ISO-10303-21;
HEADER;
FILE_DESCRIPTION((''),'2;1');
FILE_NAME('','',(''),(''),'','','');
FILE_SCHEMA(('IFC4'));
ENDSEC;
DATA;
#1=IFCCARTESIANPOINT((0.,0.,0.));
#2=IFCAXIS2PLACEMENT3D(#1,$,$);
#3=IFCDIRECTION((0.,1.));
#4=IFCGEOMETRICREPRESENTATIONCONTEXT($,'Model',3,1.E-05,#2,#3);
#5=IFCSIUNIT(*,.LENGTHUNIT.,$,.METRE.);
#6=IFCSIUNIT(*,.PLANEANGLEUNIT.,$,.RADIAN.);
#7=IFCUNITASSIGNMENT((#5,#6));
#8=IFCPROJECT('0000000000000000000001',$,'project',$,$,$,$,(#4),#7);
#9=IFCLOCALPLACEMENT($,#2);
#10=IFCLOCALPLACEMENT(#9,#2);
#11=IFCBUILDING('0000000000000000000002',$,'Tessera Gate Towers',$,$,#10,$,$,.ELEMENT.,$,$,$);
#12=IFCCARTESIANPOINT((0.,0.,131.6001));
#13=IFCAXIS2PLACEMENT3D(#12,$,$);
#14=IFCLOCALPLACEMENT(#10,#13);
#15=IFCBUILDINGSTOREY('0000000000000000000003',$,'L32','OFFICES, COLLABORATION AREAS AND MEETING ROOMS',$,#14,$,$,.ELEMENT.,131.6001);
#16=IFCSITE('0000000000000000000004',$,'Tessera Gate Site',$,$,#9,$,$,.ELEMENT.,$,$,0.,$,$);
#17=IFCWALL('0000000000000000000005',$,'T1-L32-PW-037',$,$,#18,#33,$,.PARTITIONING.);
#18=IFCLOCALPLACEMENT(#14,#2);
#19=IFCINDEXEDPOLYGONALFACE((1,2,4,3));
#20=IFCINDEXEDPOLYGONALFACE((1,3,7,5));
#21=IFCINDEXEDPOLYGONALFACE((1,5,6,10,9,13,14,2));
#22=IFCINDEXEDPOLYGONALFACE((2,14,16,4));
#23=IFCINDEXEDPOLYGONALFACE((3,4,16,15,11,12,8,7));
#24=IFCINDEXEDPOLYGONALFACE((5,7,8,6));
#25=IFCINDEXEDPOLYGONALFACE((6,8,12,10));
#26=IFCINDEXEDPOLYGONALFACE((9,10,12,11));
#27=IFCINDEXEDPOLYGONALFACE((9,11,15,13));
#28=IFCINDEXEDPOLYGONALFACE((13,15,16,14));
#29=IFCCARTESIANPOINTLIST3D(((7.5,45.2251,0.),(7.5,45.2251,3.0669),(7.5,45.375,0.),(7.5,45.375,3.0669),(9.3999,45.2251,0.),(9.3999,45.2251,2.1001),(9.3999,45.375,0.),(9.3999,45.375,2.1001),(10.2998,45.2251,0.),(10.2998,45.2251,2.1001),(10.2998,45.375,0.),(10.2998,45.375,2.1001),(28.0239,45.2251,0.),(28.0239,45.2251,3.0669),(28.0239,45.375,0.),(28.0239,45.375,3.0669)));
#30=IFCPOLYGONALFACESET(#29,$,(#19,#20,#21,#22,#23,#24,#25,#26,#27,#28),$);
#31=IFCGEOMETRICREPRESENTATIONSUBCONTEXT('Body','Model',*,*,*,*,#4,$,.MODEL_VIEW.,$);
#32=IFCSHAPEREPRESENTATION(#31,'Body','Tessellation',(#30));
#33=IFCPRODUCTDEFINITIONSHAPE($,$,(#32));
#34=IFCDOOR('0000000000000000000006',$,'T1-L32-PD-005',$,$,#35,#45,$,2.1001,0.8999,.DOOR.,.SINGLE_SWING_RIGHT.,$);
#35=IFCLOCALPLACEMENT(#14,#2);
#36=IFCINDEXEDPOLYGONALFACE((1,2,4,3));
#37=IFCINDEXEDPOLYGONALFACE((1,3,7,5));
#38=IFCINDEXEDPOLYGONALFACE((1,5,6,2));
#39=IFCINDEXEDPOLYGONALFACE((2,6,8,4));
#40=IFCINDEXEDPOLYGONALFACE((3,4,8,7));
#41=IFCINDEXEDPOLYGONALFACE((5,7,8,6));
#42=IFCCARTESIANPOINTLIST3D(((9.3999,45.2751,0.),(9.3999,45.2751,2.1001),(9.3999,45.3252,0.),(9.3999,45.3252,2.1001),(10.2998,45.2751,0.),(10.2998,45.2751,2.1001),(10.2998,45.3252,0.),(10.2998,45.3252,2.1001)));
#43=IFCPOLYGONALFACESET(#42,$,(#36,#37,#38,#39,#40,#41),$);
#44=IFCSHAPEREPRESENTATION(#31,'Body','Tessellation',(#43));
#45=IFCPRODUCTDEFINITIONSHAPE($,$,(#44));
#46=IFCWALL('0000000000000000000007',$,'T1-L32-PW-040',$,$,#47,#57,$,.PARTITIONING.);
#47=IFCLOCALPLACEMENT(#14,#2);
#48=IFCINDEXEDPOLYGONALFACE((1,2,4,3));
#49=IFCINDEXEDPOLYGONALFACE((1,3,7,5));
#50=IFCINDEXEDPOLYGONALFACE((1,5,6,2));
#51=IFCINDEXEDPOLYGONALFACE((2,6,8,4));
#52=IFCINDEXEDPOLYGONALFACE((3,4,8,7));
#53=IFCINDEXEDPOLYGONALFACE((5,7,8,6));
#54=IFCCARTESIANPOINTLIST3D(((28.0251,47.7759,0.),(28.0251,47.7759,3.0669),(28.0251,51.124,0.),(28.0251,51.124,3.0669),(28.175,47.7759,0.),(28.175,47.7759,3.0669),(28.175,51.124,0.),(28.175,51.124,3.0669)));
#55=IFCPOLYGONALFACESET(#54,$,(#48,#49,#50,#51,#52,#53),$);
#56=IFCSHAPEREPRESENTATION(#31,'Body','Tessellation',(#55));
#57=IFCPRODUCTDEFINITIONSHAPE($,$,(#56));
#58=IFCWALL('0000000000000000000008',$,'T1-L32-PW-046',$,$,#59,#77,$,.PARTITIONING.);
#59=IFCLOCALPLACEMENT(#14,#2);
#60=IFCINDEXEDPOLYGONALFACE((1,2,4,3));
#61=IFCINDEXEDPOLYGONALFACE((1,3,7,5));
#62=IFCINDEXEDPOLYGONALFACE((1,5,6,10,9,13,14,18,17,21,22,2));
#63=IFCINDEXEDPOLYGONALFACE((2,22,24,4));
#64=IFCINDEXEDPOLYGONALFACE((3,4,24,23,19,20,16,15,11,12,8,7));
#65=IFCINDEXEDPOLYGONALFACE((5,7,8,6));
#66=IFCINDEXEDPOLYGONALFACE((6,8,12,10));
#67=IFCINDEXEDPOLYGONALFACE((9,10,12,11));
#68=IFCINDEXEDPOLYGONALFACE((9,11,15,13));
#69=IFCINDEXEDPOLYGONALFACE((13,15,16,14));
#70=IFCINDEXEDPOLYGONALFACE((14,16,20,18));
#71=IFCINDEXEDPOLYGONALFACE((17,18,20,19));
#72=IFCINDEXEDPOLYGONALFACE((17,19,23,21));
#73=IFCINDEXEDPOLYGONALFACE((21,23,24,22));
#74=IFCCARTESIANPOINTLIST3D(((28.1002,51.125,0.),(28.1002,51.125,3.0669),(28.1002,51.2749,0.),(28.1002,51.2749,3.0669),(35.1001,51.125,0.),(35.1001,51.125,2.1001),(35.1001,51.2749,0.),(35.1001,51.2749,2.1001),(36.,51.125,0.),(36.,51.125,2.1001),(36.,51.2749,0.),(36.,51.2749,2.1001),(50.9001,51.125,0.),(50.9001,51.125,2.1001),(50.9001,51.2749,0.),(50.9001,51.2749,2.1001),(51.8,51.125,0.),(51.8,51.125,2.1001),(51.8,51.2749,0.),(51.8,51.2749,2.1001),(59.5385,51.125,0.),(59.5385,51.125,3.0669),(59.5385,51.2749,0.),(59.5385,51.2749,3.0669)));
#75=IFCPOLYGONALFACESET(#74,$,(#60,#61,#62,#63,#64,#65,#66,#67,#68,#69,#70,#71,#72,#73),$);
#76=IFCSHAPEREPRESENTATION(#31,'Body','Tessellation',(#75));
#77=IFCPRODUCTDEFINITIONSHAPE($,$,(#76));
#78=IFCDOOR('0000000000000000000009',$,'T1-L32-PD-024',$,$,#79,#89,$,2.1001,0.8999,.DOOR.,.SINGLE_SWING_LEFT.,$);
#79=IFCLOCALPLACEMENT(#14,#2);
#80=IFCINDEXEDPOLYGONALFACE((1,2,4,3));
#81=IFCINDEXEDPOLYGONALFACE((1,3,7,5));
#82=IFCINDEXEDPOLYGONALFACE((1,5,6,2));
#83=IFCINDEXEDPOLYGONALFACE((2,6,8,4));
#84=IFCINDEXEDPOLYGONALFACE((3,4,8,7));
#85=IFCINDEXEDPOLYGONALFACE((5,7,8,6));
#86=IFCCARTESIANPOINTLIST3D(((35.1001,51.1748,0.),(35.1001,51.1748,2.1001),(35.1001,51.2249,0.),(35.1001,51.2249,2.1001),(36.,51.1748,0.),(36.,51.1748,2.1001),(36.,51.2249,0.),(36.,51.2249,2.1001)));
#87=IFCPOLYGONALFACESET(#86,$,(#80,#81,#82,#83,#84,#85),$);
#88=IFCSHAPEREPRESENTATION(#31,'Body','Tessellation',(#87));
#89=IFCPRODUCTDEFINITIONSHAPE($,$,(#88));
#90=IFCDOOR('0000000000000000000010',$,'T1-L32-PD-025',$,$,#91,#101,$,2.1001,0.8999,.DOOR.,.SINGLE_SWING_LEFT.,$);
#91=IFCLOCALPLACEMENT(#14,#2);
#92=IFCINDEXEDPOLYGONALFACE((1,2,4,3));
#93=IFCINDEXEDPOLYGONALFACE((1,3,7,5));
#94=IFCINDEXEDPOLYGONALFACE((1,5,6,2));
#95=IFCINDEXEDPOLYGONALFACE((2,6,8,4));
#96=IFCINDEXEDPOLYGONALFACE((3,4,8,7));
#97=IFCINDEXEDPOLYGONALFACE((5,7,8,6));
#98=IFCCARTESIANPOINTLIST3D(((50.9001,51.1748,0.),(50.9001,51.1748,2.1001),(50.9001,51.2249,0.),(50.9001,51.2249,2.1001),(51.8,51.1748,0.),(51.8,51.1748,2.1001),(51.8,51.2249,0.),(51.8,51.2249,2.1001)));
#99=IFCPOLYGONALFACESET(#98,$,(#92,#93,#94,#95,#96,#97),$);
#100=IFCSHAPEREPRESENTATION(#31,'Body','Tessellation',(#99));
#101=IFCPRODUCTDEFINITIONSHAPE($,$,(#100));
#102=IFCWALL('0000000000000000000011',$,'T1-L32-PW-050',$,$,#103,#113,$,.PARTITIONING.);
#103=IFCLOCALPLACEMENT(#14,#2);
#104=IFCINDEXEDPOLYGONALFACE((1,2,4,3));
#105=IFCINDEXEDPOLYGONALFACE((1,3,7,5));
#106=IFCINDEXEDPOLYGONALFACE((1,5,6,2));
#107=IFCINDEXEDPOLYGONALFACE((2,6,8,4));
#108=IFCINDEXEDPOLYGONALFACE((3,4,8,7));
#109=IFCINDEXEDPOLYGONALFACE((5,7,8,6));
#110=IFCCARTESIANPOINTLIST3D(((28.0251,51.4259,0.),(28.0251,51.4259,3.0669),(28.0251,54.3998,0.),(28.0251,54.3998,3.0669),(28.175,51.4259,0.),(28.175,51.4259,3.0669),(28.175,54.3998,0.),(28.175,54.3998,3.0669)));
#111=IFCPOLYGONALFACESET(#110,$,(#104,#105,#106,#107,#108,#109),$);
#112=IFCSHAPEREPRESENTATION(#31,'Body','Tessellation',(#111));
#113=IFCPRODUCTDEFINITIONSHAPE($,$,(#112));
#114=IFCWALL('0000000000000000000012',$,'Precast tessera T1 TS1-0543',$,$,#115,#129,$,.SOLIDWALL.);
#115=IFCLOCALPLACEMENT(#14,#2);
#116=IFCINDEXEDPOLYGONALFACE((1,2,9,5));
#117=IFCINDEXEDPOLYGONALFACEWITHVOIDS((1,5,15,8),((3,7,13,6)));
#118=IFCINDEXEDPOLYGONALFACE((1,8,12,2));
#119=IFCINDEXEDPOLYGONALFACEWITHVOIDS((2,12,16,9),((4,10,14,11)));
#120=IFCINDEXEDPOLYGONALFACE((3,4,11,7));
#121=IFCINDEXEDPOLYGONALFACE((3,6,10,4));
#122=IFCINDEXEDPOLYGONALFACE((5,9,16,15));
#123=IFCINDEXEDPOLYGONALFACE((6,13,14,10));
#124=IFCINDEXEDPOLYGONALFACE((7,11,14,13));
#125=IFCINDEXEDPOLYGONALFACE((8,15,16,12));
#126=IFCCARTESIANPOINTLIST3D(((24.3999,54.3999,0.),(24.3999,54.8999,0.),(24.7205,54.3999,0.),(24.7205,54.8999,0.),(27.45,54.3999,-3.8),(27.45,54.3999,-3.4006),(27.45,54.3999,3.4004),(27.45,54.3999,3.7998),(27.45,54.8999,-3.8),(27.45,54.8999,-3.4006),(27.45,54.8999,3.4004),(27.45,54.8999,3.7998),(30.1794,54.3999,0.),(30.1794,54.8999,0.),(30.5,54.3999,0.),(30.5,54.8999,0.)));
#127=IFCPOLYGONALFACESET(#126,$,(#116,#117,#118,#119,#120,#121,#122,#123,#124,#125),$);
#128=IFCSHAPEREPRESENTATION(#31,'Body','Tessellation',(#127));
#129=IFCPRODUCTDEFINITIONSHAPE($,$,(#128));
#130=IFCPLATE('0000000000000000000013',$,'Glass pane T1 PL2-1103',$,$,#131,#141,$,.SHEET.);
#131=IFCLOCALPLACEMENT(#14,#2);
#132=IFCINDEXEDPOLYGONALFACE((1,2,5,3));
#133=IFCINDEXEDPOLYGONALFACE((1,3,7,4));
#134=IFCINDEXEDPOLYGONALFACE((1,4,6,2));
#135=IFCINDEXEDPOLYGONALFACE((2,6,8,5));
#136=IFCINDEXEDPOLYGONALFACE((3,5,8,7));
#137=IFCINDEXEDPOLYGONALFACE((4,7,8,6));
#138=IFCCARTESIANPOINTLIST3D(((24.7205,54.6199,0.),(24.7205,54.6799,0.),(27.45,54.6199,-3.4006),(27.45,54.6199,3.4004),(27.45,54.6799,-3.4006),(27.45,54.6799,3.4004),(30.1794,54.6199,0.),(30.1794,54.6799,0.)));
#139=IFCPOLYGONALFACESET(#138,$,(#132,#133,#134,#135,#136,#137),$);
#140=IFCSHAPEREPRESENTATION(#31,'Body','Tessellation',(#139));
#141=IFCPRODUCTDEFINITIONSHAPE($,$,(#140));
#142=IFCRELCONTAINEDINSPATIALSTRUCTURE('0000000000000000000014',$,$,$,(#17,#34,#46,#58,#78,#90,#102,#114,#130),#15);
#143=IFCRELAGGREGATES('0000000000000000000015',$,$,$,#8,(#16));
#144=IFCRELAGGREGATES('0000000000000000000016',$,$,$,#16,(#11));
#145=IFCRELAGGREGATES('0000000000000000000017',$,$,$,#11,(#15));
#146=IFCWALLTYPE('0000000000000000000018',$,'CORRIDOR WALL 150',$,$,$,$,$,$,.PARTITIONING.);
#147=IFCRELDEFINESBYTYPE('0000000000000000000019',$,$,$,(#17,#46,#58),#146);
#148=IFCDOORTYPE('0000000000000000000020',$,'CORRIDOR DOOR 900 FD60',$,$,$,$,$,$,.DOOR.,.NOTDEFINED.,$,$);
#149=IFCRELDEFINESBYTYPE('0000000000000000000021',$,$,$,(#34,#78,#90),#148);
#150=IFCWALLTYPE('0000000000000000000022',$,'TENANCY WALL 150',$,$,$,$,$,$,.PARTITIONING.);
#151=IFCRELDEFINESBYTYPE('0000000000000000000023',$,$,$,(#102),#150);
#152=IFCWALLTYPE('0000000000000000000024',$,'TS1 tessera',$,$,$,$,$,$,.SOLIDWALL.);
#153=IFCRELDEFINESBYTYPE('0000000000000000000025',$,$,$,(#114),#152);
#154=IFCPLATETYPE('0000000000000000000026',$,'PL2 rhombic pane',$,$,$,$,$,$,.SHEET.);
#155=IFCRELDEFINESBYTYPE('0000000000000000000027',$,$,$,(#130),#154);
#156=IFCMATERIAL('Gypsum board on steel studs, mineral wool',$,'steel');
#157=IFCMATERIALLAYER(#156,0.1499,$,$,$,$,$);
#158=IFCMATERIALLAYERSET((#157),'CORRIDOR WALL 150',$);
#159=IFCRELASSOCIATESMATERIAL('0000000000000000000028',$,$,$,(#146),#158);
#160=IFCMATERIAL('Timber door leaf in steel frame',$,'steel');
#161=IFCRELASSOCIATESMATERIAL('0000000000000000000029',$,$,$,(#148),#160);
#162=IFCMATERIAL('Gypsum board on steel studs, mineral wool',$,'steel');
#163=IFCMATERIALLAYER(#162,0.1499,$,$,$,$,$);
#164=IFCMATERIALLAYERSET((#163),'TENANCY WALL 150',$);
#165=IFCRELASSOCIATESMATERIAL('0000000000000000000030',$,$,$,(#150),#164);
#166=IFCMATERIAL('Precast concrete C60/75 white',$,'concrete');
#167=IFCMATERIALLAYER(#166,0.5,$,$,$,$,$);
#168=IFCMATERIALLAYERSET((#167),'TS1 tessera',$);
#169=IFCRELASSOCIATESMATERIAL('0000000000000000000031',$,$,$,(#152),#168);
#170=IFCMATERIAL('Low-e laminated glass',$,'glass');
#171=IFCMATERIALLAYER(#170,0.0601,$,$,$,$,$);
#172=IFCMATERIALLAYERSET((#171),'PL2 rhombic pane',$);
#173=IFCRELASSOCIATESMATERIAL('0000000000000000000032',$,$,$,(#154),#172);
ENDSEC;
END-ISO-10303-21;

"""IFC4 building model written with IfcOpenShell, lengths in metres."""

from ifc_helpers import new_model, si_unit, direction, frame, frame_2d, origin, place, context, subcontext, project, spatial, polyline, rectangle, outline, extrude, source, transform, mapped, material, layer, layer_set, type_object, element, fill, save


model = new_model("IFC4")

# Units and contexts
model_context = context("Model", 3, precision=1e-05, world=origin(), true_north=direction((0.0, 1.0)))
body_context = subcontext(model_context, "Body", "Model", "MODEL_VIEW")
ifc_project = project(units=[si_unit("LENGTHUNIT", "METRE"), si_unit("PLANEANGLEUNIT", "RADIAN")], contexts=[model_context])

# Site, building, storey
site_placement = place(None, origin())
site = spatial("IfcSite", under=ifc_project, at=site_placement, Name="Tessera Gate Site", CompositionType="ELEMENT", RefElevation=0.0)
building_placement = place(site_placement, origin())
building = spatial("IfcBuilding", under=site, at=building_placement, Name="Tessera Gate Towers", CompositionType="ELEMENT")
storey_placement = place(building_placement, frame((0.0, 0.0, 131.6001)))
storey = spatial("IfcBuildingStorey", under=building, at=storey_placement, Name="L32", Description="OFFICES, COLLABORATION AREAS AND MEETING ROOMS", CompositionType="ELEMENT", Elevation=131.6001)

# Wall, opening, door
ifc_material_1 = material(Name="Gypsum board on steel studs, mineral wool", Category="steel")
ifc_layer_1 = layer(ifc_material_1, 0.1499)
ifc_layer_set_1 = layer_set([ifc_layer_1], Name="CORRIDOR WALL 150")
wall_type_1 = type_object("IfcWallType", Name="CORRIDOR WALL 150", PredefinedType="PARTITIONING", material=ifc_layer_set_1)
wall_1_placement = place(storey_placement, frame((28.0239, 45.3, 0.0), z_axis=(0.0, 0.0, 1.0), x_axis=(-1.0, 0.0, 0.0)))
wall_1 = element("IfcWall", 1, at=wall_1_placement, inside=storey, type_object=wall_type_1, Name="T1-L32-PW-037", PredefinedType="PARTITIONING", context=body_context, shape_type="SweptSolid", body=[
    extrude(rectangle(XDim=20.5239, YDim=0.1499, at=frame_2d((10.262, 0.0))), origin(), (0.0, 0.0, 1.0), 3.0669),
])
shared_shape_1 = source(origin(), body_context, "Body", "SweptSolid", [
    extrude(rectangle(XDim=0.8999, YDim=2.1001, at=frame_2d((0.45, 1.05))), frame((0.0, 0.085, 0.0), z_axis=(0.0, -1.0, 0.0), x_axis=(1.0, 0.0, 0.0)), (0.0, 0.0, 1.0), 0.1699),
])
opening_1_placement = place(wall_1_placement, frame((17.7241, 0.0, 0.0)))
opening_1 = element("IfcOpeningElement", 2, at=opening_1_placement, cuts=wall_1, PredefinedType="OPENING", context=body_context, shape_type="MappedRepresentation", body=[
    mapped(shared_shape_1, transform((0.0, 0.0, 0.0), scale=1.0)),
])
ifc_material_2 = material(Name="Timber door leaf in steel frame", Category="steel")
door_type_1 = type_object("IfcDoorType", Name="CORRIDOR DOOR 900 FD60", OperationType="NOTDEFINED", PredefinedType="DOOR", material=ifc_material_2)
shared_shape_2 = source(origin(), body_context, "Body", "SweptSolid", [
    extrude(rectangle(XDim=0.8999, YDim=2.1001, at=frame_2d((0.45, 1.05))), frame((0.0, 0.0249, 0.0), z_axis=(0.0, -1.0, 0.0), x_axis=(1.0, 0.0, 0.0)), (0.0, 0.0, 1.0), 0.05),
])
door_1_placement = place(opening_1_placement, origin())
door_1 = element("IfcDoor", 3, at=door_1_placement, inside=storey, type_object=door_type_1, Name="T1-L32-PD-005", OperationType="SINGLE_SWING_RIGHT", OverallHeight=2.1001, OverallWidth=0.8999, PredefinedType="DOOR", context=body_context, shape_type="MappedRepresentation", body=[
    mapped(shared_shape_2, transform((0.0, 0.0, 0.0), scale=1.0)),
])
fill(opening_1, door_1)

# Wall
wall_2_placement = place(storey_placement, frame((28.1001, 47.7759, 0.0), z_axis=(0.0, 0.0, 1.0), x_axis=(0.0, 1.0, 0.0)))
element("IfcWall", 4, at=wall_2_placement, inside=storey, type_object=wall_type_1, Name="T1-L32-PW-040", PredefinedType="PARTITIONING", context=body_context, shape_type="SweptSolid", body=[
    extrude(rectangle(XDim=3.3481, YDim=0.1499, at=frame_2d((1.6741, 0.0))), origin(), (0.0, 0.0, 1.0), 3.0669),
])

# Wall, openings, doors
wall_3_placement = place(storey_placement, frame((28.1001, 51.2, 0.0), z_axis=(0.0, 0.0, 1.0), x_axis=(1.0, 0.0, 0.0)))
wall_3 = element("IfcWall", 5, at=wall_3_placement, inside=storey, type_object=wall_type_1, Name="T1-L32-PW-046", PredefinedType="PARTITIONING", context=body_context, shape_type="SweptSolid", body=[
    extrude(rectangle(XDim=31.4382, YDim=0.1499, at=frame_2d((15.7192, 0.0))), origin(), (0.0, 0.0, 1.0), 3.0669),
])
opening_2_placement = place(wall_3_placement, frame((7.0, 0.0, 0.0)))
opening_2 = element("IfcOpeningElement", 6, at=opening_2_placement, cuts=wall_3, PredefinedType="OPENING", context=body_context, shape_type="MappedRepresentation", body=[
    mapped(shared_shape_1, transform((0.0, 0.0, 0.0), scale=1.0)),
])
opening_3_placement = place(wall_3_placement, frame((22.8, 0.0, 0.0)))
opening_3 = element("IfcOpeningElement", 7, at=opening_3_placement, cuts=wall_3, PredefinedType="OPENING", context=body_context, shape_type="MappedRepresentation", body=[
    mapped(shared_shape_1, transform((0.0, 0.0, 0.0), scale=1.0)),
])
door_2_placement = place(opening_2_placement, origin())
door_2 = element("IfcDoor", 8, at=door_2_placement, inside=storey, type_object=door_type_1, Name="T1-L32-PD-024", OperationType="SINGLE_SWING_LEFT", OverallHeight=2.1001, OverallWidth=0.8999, PredefinedType="DOOR", context=body_context, shape_type="MappedRepresentation", body=[
    mapped(shared_shape_2, transform((0.0, 0.0, 0.0), scale=1.0)),
])
fill(opening_2, door_2)
door_3_placement = place(opening_3_placement, origin())
door_3 = element("IfcDoor", 9, at=door_3_placement, inside=storey, type_object=door_type_1, Name="T1-L32-PD-025", OperationType="SINGLE_SWING_LEFT", OverallHeight=2.1001, OverallWidth=0.8999, PredefinedType="DOOR", context=body_context, shape_type="MappedRepresentation", body=[
    mapped(shared_shape_2, transform((0.0, 0.0, 0.0), scale=1.0)),
])
fill(opening_3, door_3)

# Wall
ifc_material_3 = material(Name="Gypsum board on steel studs, mineral wool", Category="steel")
ifc_layer_2 = layer(ifc_material_3, 0.1499)
ifc_layer_set_2 = layer_set([ifc_layer_2], Name="TENANCY WALL 150")
wall_type_2 = type_object("IfcWallType", Name="TENANCY WALL 150", PredefinedType="PARTITIONING", material=ifc_layer_set_2)
wall_4_placement = place(storey_placement, frame((28.1001, 51.426, 0.0), z_axis=(0.0, 0.0, 1.0), x_axis=(0.0, 1.0, 0.0)))
element("IfcWall", 10, at=wall_4_placement, inside=storey, type_object=wall_type_2, Name="T1-L32-PW-050", PredefinedType="PARTITIONING", context=body_context, shape_type="SweptSolid", body=[
    extrude(rectangle(XDim=2.9739, YDim=0.1499, at=frame_2d((1.4868, 0.0))), origin(), (0.0, 0.0, 1.0), 3.0669),
])

# Wall, opening, plate
ifc_material_4 = material(Name="Precast concrete C60/75 white", Category="concrete")
ifc_layer_3 = layer(ifc_material_4, 0.5)
ifc_layer_set_3 = layer_set([ifc_layer_3], Name="TS1 tessera")
wall_type_3 = type_object("IfcWallType", Name="TS1 tessera", PredefinedType="SOLIDWALL", material=ifc_layer_set_3)
shared_shape_3 = source(origin(), body_context, "Body", "SweptSolid", [
    extrude(outline(polyline([(3.05, 0.0), (6.1001, 3.8), (3.05, 7.5999), (0.0, 3.8), (3.05, 0.0)])), frame((0.0, 0.25, 0.0), z_axis=(0.0, -1.0, 0.0), x_axis=(1.0, 0.0, 0.0)), (0.0, 0.0, 1.0), 0.5),
])
wall_5_placement = place(storey_placement, frame((30.5, 54.6499, -3.8), z_axis=(0.0, 0.0, 1.0), x_axis=(-1.0, 0.0, 0.0)))
wall_5 = element("IfcWall", 11, at=wall_5_placement, inside=storey, type_object=wall_type_3, Name="Precast tessera T1 TS1-0543", PredefinedType="SOLIDWALL", context=body_context, shape_type="MappedRepresentation", body=[
    mapped(shared_shape_3, transform((0.0, 0.0, 0.0), scale=1.0)),
])
shared_shape_4 = source(origin(), body_context, "Body", "SweptSolid", [
    extrude(outline(polyline([(3.05, 0.3994), (5.7795, 3.8), (3.05, 7.2004), (0.3206, 3.8), (3.05, 0.3994)])), frame((0.0, 0.26, 0.0), z_axis=(0.0, -1.0, 0.0), x_axis=(1.0, 0.0, 0.0)), (0.0, 0.0, 1.0), 0.52),
])
opening_4_placement = place(wall_5_placement, origin())
opening_4 = element("IfcOpeningElement", 12, at=opening_4_placement, cuts=wall_5, PredefinedType="OPENING", context=body_context, shape_type="MappedRepresentation", body=[
    mapped(shared_shape_4, transform((0.0, 0.0, 0.0), scale=1.0)),
])
ifc_material_5 = material(Name="Low-e laminated glass", Category="glass")
ifc_layer_4 = layer(ifc_material_5, 0.0601)
ifc_layer_set_4 = layer_set([ifc_layer_4], Name="PL2 rhombic pane")
plate_type = type_object("IfcPlateType", Name="PL2 rhombic pane", PredefinedType="SHEET", material=ifc_layer_set_4)
shared_shape_5 = source(origin(), body_context, "Body", "SweptSolid", [
    extrude(outline(polyline([(3.05, 0.3994), (5.7795, 3.8), (3.05, 7.2004), (0.3206, 3.8), (3.05, 0.3994)])), frame((0.0, 0.03, 0.0), z_axis=(0.0, -1.0, 0.0), x_axis=(1.0, 0.0, 0.0)), (0.0, 0.0, 1.0), 0.0601),
])
plate_placement = place(opening_4_placement, origin())
plate = element("IfcPlate", 13, at=plate_placement, inside=storey, type_object=plate_type, Name="Glass pane T1 PL2-1103", PredefinedType="SHEET", context=body_context, shape_type="MappedRepresentation", body=[
    mapped(shared_shape_5, transform((0.0, 0.0, 0.0), scale=1.0)),
])
fill(opening_4, plate)

save(model, "model.ifc")
